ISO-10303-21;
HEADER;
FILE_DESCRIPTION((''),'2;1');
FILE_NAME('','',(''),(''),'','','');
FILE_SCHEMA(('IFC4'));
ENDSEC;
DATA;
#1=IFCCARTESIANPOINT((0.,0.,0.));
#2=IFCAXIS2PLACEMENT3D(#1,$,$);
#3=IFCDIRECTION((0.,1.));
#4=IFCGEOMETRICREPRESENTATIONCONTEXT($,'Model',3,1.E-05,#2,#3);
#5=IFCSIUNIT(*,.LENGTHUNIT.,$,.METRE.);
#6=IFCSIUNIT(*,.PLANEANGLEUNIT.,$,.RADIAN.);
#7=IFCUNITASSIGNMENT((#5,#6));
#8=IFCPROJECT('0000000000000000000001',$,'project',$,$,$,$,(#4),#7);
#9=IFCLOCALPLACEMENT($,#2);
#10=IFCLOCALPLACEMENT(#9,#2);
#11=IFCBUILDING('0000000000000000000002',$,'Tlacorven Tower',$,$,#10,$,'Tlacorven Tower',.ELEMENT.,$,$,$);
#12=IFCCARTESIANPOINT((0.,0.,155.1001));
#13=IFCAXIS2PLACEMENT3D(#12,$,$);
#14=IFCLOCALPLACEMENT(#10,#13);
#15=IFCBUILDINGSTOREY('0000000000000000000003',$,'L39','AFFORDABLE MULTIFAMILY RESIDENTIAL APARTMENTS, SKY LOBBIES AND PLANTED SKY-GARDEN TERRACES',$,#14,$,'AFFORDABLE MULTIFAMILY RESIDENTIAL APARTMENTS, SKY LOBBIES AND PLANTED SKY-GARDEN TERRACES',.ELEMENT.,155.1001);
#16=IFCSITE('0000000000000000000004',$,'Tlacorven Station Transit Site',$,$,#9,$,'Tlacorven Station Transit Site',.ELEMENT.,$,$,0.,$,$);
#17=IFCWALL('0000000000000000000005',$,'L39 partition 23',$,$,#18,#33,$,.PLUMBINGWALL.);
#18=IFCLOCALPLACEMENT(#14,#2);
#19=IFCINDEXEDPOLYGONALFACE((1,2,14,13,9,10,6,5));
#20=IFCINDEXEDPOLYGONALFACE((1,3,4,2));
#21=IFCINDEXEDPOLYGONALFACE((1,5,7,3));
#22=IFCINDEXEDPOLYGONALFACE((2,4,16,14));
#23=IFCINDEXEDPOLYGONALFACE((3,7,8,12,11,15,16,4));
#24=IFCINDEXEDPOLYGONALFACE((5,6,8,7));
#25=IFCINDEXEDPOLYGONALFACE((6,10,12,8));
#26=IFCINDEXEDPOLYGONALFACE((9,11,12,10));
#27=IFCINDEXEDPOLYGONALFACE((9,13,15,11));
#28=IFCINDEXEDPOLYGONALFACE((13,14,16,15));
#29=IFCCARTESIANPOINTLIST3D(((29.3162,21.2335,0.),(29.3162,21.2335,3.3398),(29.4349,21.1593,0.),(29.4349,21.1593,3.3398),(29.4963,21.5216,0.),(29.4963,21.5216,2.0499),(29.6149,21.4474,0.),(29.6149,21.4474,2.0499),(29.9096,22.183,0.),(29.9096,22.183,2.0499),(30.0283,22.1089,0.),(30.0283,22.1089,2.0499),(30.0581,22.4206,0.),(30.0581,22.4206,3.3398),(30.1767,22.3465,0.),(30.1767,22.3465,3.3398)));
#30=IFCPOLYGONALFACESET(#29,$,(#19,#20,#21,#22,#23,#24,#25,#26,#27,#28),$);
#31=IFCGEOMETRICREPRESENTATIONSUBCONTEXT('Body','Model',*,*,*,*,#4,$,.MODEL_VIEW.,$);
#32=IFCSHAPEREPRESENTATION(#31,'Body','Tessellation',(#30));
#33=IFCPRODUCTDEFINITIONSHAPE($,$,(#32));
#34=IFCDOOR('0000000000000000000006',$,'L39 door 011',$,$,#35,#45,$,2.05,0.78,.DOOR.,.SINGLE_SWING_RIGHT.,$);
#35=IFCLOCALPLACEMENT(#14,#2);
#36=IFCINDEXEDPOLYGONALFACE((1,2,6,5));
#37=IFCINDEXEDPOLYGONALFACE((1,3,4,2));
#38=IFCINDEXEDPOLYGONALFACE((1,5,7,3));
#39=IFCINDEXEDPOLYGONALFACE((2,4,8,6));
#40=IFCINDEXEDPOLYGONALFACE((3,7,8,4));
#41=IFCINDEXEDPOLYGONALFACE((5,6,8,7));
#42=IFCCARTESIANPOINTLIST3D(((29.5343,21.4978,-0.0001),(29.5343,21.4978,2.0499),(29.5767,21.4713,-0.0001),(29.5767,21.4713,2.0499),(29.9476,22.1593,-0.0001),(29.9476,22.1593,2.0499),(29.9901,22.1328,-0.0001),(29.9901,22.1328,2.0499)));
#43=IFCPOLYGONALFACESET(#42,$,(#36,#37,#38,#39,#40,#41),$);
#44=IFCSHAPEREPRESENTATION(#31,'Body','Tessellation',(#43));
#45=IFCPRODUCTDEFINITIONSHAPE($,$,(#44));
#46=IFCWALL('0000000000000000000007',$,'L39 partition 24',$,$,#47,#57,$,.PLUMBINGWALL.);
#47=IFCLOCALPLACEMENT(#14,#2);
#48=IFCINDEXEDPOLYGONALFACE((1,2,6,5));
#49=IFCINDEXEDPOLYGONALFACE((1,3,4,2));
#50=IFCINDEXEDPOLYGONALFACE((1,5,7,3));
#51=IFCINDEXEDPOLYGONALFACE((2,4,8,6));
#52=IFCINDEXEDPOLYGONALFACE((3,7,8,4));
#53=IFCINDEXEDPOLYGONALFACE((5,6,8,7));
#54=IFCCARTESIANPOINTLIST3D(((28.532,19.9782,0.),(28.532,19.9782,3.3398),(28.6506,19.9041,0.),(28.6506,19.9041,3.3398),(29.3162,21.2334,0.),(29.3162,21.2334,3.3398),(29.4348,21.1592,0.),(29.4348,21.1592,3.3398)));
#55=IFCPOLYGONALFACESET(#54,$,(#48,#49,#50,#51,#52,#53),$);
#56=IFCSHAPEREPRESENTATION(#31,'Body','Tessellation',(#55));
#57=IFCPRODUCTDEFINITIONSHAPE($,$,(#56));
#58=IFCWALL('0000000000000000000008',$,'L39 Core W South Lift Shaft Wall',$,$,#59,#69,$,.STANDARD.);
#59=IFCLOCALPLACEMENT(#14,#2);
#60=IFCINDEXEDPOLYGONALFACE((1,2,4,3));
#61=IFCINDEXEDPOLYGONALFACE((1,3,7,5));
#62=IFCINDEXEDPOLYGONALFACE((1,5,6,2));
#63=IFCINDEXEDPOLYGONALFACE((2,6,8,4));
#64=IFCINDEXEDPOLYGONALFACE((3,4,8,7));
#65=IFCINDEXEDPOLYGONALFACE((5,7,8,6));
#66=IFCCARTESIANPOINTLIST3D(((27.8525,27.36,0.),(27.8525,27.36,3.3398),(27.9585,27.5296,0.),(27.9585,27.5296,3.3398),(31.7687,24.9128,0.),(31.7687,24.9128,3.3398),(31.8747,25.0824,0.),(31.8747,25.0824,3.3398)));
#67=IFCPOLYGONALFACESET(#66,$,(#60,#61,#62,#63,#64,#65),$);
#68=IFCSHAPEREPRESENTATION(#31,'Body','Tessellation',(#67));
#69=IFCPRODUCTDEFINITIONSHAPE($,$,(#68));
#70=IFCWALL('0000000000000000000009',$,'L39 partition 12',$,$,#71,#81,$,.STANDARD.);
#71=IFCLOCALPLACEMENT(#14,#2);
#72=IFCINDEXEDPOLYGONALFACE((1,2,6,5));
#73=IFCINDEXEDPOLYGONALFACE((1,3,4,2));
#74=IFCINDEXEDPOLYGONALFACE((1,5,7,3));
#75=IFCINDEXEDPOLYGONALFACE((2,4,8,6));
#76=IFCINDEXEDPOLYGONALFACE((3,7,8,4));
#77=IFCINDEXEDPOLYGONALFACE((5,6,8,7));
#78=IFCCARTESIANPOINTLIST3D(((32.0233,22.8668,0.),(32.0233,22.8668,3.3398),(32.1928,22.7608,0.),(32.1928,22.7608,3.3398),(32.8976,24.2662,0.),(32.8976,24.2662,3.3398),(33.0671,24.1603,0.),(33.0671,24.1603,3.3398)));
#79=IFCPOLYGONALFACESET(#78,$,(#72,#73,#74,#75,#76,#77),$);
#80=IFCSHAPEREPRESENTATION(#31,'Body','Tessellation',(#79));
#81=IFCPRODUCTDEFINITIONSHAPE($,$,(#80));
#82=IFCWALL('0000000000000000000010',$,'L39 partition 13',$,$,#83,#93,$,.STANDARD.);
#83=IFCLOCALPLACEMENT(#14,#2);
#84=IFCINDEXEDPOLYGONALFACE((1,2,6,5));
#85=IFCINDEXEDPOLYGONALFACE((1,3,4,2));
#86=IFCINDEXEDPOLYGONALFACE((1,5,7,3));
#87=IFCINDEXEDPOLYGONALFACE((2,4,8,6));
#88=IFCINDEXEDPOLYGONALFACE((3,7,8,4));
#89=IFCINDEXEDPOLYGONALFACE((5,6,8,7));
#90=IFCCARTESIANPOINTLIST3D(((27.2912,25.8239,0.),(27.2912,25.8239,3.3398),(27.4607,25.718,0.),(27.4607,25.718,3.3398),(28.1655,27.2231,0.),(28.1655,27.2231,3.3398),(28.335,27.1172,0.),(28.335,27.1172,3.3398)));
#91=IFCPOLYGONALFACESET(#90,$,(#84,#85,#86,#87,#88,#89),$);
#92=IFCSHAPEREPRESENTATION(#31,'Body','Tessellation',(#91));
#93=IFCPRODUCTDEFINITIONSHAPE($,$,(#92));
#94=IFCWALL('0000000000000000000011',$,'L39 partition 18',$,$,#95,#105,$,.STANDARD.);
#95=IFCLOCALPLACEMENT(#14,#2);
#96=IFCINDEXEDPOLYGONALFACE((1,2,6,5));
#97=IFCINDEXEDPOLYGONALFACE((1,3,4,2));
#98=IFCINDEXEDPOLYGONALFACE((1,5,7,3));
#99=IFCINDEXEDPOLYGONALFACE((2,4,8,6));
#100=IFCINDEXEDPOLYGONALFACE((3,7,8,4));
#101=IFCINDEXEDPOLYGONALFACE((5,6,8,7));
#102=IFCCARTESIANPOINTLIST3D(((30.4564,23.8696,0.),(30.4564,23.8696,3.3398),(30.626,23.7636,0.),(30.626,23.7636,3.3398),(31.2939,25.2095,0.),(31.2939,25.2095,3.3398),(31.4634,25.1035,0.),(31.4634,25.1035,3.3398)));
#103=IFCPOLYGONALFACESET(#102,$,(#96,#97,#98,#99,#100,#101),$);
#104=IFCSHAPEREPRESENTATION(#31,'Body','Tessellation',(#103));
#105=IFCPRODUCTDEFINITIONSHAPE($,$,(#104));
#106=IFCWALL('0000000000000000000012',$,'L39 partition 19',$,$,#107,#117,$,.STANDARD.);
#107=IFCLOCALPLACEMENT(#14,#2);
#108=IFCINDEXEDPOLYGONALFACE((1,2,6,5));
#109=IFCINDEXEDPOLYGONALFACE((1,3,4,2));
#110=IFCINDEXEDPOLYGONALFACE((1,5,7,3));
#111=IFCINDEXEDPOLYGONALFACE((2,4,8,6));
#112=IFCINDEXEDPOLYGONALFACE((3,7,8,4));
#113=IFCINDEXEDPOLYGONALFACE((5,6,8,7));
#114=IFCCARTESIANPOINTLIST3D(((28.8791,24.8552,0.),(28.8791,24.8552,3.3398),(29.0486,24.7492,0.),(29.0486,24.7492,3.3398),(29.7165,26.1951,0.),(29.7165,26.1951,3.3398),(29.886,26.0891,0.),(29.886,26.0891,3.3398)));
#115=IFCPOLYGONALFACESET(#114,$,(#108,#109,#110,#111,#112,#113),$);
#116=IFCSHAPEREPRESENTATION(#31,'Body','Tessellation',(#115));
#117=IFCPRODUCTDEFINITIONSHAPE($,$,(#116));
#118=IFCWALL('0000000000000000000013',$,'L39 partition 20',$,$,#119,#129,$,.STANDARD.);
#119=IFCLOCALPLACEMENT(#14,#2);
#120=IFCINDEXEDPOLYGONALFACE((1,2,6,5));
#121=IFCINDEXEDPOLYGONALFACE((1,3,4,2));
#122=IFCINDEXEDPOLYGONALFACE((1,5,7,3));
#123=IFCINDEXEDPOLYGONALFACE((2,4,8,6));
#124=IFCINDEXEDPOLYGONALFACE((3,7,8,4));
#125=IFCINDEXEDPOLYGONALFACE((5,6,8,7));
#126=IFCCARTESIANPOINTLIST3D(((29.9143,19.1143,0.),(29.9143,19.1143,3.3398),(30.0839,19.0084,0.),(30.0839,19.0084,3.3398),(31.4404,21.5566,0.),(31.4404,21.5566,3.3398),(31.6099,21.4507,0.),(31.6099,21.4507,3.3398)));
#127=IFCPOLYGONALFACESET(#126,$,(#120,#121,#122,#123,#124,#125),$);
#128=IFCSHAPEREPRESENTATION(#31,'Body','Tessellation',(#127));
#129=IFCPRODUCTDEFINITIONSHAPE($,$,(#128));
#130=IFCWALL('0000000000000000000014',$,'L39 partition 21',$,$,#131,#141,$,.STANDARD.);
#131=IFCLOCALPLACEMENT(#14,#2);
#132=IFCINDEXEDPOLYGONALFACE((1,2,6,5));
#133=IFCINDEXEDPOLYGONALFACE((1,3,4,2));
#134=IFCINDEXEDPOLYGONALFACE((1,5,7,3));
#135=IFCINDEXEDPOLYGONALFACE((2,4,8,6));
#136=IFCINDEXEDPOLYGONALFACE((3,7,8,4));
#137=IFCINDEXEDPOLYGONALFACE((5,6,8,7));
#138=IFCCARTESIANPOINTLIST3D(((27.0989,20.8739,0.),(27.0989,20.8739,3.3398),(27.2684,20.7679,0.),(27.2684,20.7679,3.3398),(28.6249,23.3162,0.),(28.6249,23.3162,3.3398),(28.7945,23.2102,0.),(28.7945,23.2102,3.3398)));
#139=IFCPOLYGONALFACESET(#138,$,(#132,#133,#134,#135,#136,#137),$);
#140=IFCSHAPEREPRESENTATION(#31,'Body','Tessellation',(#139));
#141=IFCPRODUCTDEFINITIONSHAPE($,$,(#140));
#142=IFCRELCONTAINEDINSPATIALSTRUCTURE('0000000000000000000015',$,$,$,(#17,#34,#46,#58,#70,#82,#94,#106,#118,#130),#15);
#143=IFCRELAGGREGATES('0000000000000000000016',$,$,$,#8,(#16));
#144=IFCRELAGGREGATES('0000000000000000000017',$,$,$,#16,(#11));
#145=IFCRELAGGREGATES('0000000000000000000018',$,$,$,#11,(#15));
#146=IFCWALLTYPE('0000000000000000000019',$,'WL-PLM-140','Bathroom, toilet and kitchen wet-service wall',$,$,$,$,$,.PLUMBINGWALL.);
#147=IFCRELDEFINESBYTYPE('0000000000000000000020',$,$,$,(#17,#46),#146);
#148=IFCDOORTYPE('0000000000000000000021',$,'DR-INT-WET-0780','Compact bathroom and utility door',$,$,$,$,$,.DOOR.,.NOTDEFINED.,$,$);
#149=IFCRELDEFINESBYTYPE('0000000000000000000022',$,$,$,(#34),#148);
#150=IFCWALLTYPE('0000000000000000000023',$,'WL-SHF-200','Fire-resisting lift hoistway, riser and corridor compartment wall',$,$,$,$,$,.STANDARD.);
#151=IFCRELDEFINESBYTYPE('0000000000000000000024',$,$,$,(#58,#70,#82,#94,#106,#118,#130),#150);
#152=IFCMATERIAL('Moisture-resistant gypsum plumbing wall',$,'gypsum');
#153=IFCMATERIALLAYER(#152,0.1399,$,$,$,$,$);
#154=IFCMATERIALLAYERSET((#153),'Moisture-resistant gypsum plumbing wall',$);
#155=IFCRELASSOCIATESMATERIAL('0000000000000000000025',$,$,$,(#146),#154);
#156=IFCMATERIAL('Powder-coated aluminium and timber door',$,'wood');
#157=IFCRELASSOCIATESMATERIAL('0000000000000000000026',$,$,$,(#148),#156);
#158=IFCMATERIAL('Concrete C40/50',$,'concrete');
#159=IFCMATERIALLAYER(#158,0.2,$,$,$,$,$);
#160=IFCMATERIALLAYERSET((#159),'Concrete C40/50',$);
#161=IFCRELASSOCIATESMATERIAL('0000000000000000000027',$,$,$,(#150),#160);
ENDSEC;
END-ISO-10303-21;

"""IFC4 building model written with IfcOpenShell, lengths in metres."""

from ifc_helpers import new_model, si_unit, direction, frame, frame_2d, origin, place, context, subcontext, project, spatial, rectangle, extrude, source, transform, mapped, material, layer, layer_set, type_object, element, fill, save


model = new_model("IFC4")

# Units and contexts
model_context = context("Model", 3, precision=1e-05, world=origin(), true_north=direction((0.0, 1.0)))
body_context = subcontext(model_context, "Body", "Model", "MODEL_VIEW")
ifc_project = project(units=[si_unit("LENGTHUNIT", "METRE"), si_unit("PLANEANGLEUNIT", "RADIAN")], contexts=[model_context])

# Site, building, storey
site_placement = place(None, origin())
site = spatial("IfcSite", under=ifc_project, at=site_placement, Name="Tlacorven Station Transit Site", LongName="Tlacorven Station Transit Site", CompositionType="ELEMENT", RefElevation=0.0)
building_placement = place(site_placement, origin())
building = spatial("IfcBuilding", under=site, at=building_placement, Name="Tlacorven Tower", LongName="Tlacorven Tower", CompositionType="ELEMENT")
storey_placement = place(building_placement, frame((0.0, 0.0, 155.1001)))
storey = spatial("IfcBuildingStorey", under=building, at=storey_placement, Name="L39", Description="AFFORDABLE MULTIFAMILY RESIDENTIAL APARTMENTS, SKY LOBBIES AND PLANTED SKY-GARDEN TERRACES", LongName="AFFORDABLE MULTIFAMILY RESIDENTIAL APARTMENTS, SKY LOBBIES AND PLANTED SKY-GARDEN TERRACES", CompositionType="ELEMENT", Elevation=155.1001)

# Wall, opening, door
ifc_material_1 = material(Name="Moisture-resistant gypsum plumbing wall", Category="gypsum")
ifc_layer_1 = layer(ifc_material_1, 0.1399)
ifc_layer_set_1 = layer_set([ifc_layer_1], Name="Moisture-resistant gypsum plumbing wall")
wall_type_1 = type_object("IfcWallType", Name="WL-PLM-140", Description="Bathroom, toilet and kitchen wet-service wall", PredefinedType="PLUMBINGWALL", material=ifc_layer_set_1)
wall_1_placement = place(storey_placement, frame((30.1174, 22.3835, 0.0), z_axis=(0.0, 0.0, 1.0), x_axis=(-0.529952, -0.848028, 0.0)))
wall_1 = element("IfcWall", 1, at=wall_1_placement, inside=storey, type_object=wall_type_1, Name="L39 partition 23", PredefinedType="PLUMBINGWALL", context=body_context, shape_type="SweptSolid", body=[
    extrude(rectangle(XDim=1.3999, YDim=0.1399, at=frame_2d((0.7, 0.0))), origin(), (0.0, 0.0, 1.0), 3.3398),
])
opening_1_placement = place(wall_1_placement, frame((0.28, 0.0, 0.0)))
opening_1 = element("IfcOpeningElement", 2, at=opening_1_placement, cuts=wall_1, PredefinedType="OPENING", context=body_context, shape_type="SweptSolid", body=[
    extrude(rectangle(XDim=0.78, YDim=2.05, at=frame_2d((0.3901, 1.0249))), frame((0.0, 0.0801, 0.0), z_axis=(0.0, -1.0, 0.0), x_axis=(1.0, 0.0, 0.0)), (0.0, 0.0, 1.0), 0.1599),
])
ifc_material_2 = material(Name="Powder-coated aluminium and timber door", Category="wood")
door_type_1 = type_object("IfcDoorType", Name="DR-INT-WET-0780", Description="Compact bathroom and utility door", OperationType="NOTDEFINED", PredefinedType="DOOR", material=ifc_material_2)
shared_shape_1 = source(origin(), body_context, "Body", "SweptSolid", [
    extrude(rectangle(XDim=0.78, YDim=2.05, at=frame_2d((0.3901, 1.0249))), frame((0.0, 0.0249, 0.0), z_axis=(0.0, -1.0, 0.0), x_axis=(1.0, 0.0, 0.0)), (0.0, 0.0, 1.0), 0.05),
])
door_1_placement = place(opening_1_placement, origin())
door_1 = element("IfcDoor", 3, at=door_1_placement, inside=storey, type_object=door_type_1, Name="L39 door 011", OperationType="SINGLE_SWING_RIGHT", OverallHeight=2.05, OverallWidth=0.78, PredefinedType="DOOR", context=body_context, shape_type="MappedRepresentation", body=[
    mapped(shared_shape_1, transform((0.0, 0.0, 0.0), scale=1.0)),
])
fill(opening_1, door_1)

# Walls
wall_2_placement = place(storey_placement, frame((29.3755, 21.1963, 0.0), z_axis=(0.0, 0.0, 1.0), x_axis=(-0.529865, -0.848082, 0.0)))
element("IfcWall", 4, at=wall_2_placement, inside=storey, type_object=wall_type_1, Name="L39 partition 24", PredefinedType="PLUMBINGWALL", context=body_context, shape_type="SweptSolid", body=[
    extrude(rectangle(XDim=1.48, YDim=0.1399, at=frame_2d((0.74, 0.0))), origin(), (0.0, 0.0, 1.0), 3.3398),
])
ifc_material_3 = material(Name="Concrete C40/50", Category="concrete")
ifc_layer_2 = layer(ifc_material_3, 0.2)
ifc_layer_set_2 = layer_set([ifc_layer_2], Name="Concrete C40/50")
wall_type_2 = type_object("IfcWallType", Name="WL-SHF-200", Description="Fire-resisting lift hoistway, riser and corridor compartment wall", PredefinedType="STANDARD", material=ifc_layer_set_2)
wall_3_placement = place(storey_placement, frame((31.8218, 24.9976, 0.0), z_axis=(0.0, 0.0, 1.0), x_axis=(-0.848037, 0.529937, 0.0)))
element("IfcWall", 5, at=wall_3_placement, inside=storey, type_object=wall_type_2, Name="L39 Core W South Lift Shaft Wall", PredefinedType="STANDARD", context=body_context, shape_type="SweptSolid", body=[
    extrude(rectangle(XDim=4.6179, YDim=0.2, at=frame_2d((2.3091, 0.0))), origin(), (0.0, 0.0, 1.0), 3.3398),
])

# Walls
wall_4_placement = place(storey_placement, frame((32.9824, 24.2134, 0.0), z_axis=(0.0, 0.0, 1.0), x_axis=(-0.529839, -0.848098, 0.0)))
element("IfcWall", 6, at=wall_4_placement, inside=storey, type_object=wall_type_2, Name="L39 partition 12", PredefinedType="STANDARD", context=body_context, shape_type="SweptSolid", body=[
    extrude(rectangle(XDim=1.6501, YDim=0.2, at=frame_2d((0.8252, 0.0))), origin(), (0.0, 0.0, 1.0), 3.3398),
])
wall_5_placement = place(storey_placement, frame((28.2502, 27.1702, 0.0), z_axis=(0.0, 0.0, 1.0), x_axis=(-0.529906, -0.848056, 0.0)))
element("IfcWall", 7, at=wall_5_placement, inside=storey, type_object=wall_type_2, Name="L39 partition 13", PredefinedType="STANDARD", context=body_context, shape_type="SweptSolid", body=[
    extrude(rectangle(XDim=1.6499, YDim=0.2, at=frame_2d((0.825, 0.0))), origin(), (0.0, 0.0, 1.0), 3.3398),
])
for number, where, z_axis, x_axis, name in (
    (8, (31.3787, 25.1565, 0.0), (0.0, 0.0, 1.0), (-0.529999, -0.847998, 0.0), "L39 partition 18"),
    (9, (29.8013, 26.1421, 0.0), (0.0, 0.0, 1.0), (-0.529999, -0.847998, 0.0), "L39 partition 19"),
):
    element("IfcWall", number, at=place(storey_placement, frame(where, z_axis=z_axis, x_axis=x_axis)), inside=storey, type_object=wall_type_2, Name=name, PredefinedType="STANDARD", context=body_context, shape_type="SweptSolid", body=[
        extrude(rectangle(XDim=1.5801, YDim=0.2, at=frame_2d((0.79, 0.0))), origin(), (0.0, 0.0, 1.0), 3.3398),
    ])
for number, where, z_axis, x_axis, name in (
    (10, (31.5251, 21.5037, 0.0), (0.0, 0.0, 1.0), (-0.529907, -0.848055, 0.0), "L39 partition 20"),
    (11, (28.7097, 23.2632, 0.0), (0.0, 0.0, 1.0), (-0.529907, -0.848055, 0.0), "L39 partition 21"),
):
    element("IfcWall", number, at=place(storey_placement, frame(where, z_axis=z_axis, x_axis=x_axis)), inside=storey, type_object=wall_type_2, Name=name, PredefinedType="STANDARD", context=body_context, shape_type="SweptSolid", body=[
        extrude(rectangle(XDim=2.8799, YDim=0.2, at=frame_2d((1.4399, 0.0))), origin(), (0.0, 0.0, 1.0), 3.3398),
    ])

save(model, "model.ifc")
